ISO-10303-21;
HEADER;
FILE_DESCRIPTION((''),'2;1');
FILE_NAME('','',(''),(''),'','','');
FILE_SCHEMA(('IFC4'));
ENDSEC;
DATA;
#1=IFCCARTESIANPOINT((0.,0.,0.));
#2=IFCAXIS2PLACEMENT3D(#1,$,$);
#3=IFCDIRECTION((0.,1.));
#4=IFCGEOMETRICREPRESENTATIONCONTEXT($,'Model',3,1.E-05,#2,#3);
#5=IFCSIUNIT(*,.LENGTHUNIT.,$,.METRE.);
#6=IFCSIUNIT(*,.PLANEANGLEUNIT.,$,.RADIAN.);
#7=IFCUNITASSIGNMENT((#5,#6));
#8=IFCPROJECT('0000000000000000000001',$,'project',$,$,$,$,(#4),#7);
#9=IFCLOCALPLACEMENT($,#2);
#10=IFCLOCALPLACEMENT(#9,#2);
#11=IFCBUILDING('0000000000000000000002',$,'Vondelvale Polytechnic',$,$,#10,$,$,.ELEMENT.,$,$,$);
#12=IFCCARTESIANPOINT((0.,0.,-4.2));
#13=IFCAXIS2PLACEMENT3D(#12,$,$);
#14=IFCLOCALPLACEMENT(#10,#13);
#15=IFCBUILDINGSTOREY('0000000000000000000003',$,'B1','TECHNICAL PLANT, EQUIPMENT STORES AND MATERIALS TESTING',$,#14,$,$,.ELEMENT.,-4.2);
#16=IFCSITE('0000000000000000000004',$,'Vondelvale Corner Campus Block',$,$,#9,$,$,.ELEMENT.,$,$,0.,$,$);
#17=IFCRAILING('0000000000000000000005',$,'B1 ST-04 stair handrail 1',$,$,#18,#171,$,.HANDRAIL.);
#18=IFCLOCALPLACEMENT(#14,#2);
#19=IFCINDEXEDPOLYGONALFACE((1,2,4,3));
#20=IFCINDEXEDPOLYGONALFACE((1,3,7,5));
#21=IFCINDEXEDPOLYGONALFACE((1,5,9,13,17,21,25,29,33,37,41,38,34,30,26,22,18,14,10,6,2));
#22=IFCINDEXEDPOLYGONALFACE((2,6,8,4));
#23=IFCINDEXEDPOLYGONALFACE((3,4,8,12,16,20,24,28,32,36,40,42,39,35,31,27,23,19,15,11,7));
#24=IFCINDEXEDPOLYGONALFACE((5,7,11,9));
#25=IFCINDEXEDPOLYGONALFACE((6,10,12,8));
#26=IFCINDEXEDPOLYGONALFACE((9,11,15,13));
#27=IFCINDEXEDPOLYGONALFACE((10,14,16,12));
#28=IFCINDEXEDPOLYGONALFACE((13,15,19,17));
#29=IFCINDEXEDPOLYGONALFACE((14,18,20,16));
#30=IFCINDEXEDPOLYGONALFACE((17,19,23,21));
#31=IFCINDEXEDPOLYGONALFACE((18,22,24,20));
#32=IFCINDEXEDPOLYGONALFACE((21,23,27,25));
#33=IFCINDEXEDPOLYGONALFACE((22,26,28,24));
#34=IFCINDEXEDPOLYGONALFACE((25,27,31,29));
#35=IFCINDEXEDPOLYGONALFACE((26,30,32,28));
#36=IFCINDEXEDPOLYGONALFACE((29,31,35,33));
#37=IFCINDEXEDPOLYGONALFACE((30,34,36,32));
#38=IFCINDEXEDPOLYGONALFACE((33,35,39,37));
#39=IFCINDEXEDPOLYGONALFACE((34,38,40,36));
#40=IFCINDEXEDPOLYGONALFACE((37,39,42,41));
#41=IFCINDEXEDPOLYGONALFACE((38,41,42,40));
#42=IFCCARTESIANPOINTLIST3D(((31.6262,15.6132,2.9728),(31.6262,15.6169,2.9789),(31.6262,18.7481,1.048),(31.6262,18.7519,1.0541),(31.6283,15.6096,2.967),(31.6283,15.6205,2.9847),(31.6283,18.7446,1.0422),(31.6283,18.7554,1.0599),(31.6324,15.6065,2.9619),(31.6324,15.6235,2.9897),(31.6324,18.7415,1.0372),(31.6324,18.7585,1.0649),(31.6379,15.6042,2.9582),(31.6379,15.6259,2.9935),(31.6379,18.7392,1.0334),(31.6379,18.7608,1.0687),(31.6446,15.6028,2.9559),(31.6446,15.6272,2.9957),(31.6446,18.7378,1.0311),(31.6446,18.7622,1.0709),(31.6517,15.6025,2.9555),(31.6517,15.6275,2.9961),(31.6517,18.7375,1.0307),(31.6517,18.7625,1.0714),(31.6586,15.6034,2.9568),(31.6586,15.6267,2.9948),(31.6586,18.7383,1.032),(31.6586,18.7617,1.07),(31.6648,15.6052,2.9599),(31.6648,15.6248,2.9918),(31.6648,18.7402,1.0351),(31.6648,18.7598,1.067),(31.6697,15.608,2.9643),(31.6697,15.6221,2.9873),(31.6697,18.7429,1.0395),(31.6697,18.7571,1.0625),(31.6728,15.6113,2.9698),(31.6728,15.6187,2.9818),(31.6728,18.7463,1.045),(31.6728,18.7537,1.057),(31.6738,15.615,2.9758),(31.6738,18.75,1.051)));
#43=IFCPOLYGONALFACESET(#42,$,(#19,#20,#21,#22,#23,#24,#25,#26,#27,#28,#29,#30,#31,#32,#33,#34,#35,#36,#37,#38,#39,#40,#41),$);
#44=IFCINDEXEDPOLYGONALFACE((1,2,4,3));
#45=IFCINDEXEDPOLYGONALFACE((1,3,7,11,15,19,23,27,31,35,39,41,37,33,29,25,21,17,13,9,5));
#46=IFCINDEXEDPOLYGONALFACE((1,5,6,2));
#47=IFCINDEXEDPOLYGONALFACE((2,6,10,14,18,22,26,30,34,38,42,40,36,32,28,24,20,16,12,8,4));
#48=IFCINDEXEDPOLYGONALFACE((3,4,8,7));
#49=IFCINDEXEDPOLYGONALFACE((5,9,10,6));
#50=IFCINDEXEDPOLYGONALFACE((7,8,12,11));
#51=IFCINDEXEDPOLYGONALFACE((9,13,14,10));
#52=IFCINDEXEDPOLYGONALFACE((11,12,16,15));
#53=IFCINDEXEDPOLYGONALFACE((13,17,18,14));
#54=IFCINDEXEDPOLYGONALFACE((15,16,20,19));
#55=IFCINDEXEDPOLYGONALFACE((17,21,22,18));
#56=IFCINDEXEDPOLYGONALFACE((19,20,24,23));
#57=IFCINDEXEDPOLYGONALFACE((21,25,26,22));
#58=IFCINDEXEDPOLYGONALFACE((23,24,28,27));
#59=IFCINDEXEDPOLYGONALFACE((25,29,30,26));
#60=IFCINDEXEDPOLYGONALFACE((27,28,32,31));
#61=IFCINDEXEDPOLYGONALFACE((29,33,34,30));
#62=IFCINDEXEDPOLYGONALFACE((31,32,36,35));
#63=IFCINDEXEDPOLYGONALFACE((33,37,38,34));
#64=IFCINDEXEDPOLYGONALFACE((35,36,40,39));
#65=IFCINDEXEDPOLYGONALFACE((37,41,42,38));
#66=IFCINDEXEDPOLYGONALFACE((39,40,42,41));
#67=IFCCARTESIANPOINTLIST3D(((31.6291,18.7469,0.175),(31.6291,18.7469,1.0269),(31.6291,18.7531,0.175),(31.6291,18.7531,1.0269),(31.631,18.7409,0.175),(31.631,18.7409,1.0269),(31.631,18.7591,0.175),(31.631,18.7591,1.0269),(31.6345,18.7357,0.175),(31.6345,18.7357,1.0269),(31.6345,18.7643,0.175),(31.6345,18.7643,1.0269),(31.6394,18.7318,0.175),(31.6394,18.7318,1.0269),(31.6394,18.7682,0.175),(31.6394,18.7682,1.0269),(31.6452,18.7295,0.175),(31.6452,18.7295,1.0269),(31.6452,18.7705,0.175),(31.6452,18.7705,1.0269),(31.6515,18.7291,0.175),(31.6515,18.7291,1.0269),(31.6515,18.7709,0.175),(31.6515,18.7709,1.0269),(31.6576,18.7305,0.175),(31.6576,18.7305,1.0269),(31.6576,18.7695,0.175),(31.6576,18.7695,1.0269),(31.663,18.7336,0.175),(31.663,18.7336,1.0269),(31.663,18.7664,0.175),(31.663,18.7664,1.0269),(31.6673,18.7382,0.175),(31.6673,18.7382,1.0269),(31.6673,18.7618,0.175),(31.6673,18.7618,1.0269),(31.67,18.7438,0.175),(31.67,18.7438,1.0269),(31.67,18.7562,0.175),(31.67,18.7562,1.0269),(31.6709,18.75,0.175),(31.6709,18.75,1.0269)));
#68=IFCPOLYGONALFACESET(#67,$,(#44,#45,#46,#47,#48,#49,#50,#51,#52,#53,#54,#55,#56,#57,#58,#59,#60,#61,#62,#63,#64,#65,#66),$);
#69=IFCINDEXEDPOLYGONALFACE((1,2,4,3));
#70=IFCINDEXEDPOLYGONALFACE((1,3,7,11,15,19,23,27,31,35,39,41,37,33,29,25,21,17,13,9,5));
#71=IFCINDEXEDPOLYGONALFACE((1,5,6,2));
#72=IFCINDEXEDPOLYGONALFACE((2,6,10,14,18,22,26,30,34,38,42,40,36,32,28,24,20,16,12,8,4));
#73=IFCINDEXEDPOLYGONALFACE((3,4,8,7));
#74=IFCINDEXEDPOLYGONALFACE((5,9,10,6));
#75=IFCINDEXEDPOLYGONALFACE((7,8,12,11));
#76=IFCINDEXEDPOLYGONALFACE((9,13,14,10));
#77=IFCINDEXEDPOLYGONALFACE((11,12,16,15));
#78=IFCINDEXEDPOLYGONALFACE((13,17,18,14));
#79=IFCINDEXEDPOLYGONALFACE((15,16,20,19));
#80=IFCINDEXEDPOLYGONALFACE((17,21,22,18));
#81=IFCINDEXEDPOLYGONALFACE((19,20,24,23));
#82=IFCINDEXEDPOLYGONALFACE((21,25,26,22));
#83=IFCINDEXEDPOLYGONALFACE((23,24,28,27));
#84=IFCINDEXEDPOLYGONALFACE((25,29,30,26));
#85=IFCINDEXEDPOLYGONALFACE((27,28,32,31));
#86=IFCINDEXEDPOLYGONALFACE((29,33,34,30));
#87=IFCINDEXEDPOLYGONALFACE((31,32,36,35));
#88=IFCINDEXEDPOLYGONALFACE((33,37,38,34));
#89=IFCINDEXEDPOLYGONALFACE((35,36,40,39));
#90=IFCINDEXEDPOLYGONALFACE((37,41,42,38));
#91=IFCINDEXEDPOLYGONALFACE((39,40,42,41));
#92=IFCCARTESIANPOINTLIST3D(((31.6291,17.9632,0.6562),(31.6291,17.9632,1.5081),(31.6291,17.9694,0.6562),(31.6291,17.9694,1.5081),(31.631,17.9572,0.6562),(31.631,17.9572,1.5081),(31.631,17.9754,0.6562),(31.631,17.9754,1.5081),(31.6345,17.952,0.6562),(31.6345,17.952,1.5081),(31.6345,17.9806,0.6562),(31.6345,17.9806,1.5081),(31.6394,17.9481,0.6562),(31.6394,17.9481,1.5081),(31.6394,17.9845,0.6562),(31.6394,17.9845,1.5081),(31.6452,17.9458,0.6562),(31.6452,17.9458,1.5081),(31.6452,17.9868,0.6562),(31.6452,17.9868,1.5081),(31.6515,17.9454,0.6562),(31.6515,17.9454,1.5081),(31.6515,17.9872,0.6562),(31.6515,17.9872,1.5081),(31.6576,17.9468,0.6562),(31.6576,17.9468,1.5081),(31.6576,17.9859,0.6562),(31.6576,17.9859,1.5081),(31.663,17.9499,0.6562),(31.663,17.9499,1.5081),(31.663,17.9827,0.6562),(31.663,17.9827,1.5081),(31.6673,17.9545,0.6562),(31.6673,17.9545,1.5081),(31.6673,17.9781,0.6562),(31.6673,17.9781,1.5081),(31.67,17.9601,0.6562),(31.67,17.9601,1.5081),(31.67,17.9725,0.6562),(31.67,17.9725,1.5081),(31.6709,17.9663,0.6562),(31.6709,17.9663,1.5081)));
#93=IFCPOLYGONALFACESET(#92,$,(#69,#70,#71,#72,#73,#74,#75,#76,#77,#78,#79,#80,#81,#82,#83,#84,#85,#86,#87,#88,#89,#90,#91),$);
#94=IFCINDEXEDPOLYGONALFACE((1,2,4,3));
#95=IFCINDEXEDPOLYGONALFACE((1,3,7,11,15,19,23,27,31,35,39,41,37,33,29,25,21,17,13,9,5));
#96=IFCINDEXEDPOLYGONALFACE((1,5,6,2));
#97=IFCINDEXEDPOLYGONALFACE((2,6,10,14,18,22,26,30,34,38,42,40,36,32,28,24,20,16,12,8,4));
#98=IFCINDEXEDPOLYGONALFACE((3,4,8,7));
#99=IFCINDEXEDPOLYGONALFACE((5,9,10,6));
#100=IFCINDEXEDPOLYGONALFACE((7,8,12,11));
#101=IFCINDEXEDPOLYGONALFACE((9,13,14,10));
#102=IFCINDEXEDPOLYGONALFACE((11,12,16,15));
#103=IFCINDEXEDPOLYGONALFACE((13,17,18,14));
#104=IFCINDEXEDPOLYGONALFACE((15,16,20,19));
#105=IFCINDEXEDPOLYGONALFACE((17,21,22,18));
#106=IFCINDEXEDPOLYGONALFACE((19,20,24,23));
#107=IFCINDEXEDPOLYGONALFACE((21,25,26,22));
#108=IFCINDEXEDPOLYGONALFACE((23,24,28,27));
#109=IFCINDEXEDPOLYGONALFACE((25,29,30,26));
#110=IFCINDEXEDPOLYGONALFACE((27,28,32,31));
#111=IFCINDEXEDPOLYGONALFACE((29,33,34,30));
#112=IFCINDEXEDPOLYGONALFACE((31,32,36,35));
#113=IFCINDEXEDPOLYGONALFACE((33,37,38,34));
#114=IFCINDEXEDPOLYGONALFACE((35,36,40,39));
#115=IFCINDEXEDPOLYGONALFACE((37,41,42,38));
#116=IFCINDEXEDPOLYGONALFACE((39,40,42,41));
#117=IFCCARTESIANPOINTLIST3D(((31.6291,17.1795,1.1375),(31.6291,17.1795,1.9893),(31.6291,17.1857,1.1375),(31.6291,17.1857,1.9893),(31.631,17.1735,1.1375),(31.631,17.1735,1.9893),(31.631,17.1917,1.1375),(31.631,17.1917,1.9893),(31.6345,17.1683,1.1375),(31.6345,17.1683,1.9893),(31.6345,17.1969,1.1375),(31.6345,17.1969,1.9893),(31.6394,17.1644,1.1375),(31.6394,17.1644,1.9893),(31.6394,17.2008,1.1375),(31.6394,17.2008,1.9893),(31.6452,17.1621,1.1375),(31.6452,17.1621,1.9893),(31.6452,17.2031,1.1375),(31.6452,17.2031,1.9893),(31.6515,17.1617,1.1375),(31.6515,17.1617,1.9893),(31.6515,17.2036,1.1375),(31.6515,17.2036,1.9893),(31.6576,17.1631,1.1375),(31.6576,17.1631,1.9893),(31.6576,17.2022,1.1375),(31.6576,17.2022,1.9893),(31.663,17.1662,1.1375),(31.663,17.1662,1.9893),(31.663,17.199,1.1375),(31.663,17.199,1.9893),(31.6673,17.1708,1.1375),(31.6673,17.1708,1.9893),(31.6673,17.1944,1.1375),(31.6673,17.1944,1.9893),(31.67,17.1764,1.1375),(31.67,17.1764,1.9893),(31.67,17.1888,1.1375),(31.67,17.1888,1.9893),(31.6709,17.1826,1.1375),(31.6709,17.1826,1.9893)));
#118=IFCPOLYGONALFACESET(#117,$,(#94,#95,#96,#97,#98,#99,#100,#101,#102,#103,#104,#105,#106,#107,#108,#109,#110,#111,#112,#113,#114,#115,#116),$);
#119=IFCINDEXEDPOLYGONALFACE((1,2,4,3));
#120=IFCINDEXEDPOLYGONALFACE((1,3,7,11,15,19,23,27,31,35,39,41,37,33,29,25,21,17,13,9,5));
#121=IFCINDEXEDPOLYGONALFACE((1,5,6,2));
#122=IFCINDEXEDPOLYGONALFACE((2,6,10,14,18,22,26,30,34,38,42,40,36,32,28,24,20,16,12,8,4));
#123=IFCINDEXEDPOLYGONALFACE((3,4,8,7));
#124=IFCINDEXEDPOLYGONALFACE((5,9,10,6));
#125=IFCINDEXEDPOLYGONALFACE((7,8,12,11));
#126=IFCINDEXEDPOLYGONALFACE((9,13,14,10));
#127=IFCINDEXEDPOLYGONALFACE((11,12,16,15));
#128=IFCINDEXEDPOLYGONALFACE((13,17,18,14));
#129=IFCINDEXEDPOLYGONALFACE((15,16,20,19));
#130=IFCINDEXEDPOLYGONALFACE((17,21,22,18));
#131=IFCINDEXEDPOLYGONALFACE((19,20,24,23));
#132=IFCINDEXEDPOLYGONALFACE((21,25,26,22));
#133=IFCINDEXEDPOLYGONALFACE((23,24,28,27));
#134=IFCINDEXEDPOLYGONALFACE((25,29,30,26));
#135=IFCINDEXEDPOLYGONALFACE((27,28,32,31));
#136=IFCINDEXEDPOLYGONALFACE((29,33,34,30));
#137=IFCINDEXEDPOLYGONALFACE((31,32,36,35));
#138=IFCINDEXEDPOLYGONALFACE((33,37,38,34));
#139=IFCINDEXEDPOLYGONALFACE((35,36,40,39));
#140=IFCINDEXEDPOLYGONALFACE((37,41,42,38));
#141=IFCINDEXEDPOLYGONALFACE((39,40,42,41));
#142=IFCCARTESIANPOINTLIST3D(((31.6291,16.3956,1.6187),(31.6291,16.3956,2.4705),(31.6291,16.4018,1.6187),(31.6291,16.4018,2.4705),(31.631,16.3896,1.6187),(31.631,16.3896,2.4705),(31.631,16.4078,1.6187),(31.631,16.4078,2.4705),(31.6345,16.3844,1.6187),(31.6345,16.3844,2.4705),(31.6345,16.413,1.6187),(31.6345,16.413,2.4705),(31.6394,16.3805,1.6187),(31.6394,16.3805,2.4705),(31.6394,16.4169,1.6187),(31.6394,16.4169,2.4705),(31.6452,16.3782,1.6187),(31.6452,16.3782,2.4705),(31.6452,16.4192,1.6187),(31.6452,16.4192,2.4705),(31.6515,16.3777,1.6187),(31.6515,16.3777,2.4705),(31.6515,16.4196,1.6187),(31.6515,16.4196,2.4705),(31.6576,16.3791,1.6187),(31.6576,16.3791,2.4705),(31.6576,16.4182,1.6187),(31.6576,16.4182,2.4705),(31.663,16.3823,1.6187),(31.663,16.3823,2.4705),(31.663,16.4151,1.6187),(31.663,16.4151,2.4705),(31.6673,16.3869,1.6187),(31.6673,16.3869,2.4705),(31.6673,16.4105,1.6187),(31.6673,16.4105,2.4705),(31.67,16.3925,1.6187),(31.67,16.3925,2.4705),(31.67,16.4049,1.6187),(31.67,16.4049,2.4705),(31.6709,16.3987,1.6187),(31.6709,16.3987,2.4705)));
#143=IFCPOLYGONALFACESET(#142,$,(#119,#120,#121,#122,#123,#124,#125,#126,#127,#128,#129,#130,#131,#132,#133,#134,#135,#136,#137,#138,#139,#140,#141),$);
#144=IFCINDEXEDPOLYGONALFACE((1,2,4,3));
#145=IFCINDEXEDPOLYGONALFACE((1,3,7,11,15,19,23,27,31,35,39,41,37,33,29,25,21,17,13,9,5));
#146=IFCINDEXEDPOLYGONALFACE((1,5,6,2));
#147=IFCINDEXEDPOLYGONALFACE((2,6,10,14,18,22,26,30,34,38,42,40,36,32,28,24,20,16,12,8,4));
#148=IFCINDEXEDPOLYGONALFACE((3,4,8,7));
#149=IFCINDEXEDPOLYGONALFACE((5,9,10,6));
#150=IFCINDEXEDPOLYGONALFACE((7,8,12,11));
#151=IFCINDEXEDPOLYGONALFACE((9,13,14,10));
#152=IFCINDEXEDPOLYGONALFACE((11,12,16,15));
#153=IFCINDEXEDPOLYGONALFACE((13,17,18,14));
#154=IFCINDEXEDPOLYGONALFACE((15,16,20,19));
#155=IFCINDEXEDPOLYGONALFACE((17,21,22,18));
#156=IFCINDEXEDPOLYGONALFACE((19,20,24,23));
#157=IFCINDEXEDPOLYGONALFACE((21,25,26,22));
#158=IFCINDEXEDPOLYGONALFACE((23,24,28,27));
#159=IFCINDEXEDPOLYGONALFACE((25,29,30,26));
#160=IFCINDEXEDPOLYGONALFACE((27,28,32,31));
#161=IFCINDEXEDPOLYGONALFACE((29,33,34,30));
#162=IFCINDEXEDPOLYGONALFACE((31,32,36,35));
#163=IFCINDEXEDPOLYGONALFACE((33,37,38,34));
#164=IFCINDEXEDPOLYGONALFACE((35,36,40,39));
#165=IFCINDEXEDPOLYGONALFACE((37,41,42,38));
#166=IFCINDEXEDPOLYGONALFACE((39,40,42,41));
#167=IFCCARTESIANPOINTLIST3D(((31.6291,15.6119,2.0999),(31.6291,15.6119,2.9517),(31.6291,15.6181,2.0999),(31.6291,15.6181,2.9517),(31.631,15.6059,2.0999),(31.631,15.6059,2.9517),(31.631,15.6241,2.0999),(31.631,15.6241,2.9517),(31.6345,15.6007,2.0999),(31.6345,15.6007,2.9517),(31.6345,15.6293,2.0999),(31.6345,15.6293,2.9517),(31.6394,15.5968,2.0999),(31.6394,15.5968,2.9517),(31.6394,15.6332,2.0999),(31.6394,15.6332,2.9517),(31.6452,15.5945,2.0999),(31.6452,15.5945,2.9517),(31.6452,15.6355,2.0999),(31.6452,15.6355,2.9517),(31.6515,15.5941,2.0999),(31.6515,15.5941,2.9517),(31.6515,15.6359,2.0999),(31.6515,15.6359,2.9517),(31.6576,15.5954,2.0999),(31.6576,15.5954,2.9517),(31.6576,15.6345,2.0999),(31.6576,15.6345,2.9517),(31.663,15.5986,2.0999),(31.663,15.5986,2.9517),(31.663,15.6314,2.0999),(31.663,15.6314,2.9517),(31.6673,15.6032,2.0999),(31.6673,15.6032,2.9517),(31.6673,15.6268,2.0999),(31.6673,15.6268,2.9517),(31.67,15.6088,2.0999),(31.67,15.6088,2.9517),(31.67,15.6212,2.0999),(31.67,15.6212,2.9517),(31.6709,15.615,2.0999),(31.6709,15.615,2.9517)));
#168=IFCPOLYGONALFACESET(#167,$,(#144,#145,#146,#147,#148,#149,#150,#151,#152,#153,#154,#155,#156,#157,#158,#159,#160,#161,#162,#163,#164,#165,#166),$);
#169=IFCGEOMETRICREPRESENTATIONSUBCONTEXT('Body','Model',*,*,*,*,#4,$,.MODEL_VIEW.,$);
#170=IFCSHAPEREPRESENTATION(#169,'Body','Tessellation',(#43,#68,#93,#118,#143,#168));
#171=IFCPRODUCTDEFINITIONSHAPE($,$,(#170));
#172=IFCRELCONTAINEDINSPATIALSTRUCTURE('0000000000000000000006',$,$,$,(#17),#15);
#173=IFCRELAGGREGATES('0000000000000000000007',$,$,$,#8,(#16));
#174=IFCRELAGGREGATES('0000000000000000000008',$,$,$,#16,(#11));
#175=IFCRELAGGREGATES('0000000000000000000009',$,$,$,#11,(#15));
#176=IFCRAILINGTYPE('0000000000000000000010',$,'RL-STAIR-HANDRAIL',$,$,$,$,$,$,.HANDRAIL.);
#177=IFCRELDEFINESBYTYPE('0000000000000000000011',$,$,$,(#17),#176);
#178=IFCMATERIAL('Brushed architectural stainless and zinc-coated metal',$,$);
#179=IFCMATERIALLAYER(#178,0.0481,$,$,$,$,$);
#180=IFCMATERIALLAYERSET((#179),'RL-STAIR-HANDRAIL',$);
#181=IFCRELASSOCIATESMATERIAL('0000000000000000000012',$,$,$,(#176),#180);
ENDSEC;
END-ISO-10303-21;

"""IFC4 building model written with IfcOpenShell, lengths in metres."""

from ifc_helpers import new_model, si_unit, direction, frame, origin, origin_2d, place, context, subcontext, project, spatial, circle, extrude, material, layer, layer_set, type_object, element, save


model = new_model("IFC4")

# Units and contexts
model_context = context("Model", 3, precision=1e-05, world=origin(), true_north=direction((0.0, 1.0)))
body_context = subcontext(model_context, "Body", "Model", "MODEL_VIEW")
ifc_project = project(units=[si_unit("LENGTHUNIT", "METRE"), si_unit("PLANEANGLEUNIT", "RADIAN")], contexts=[model_context])

# Site, building, storey
site_placement = place(None, origin())
site = spatial("IfcSite", under=ifc_project, at=site_placement, Name="Vondelvale Corner Campus Block", CompositionType="ELEMENT", RefElevation=0.0)
building_placement = place(site_placement, origin())
building = spatial("IfcBuilding", under=site, at=building_placement, Name="Vondelvale Polytechnic", CompositionType="ELEMENT")
storey_placement = place(building_placement, frame((0.0, 0.0, -4.2)))
storey = spatial("IfcBuildingStorey", under=building, at=storey_placement, Name="B1", Description="TECHNICAL PLANT, EQUIPMENT STORES AND MATERIALS TESTING", CompositionType="ELEMENT", Elevation=-4.2)

# Shared definitions
ifc_material_1 = material(Name="Brushed architectural stainless and zinc-coated metal")

# Railing
ifc_layer_1 = layer(ifc_material_1, 0.0481)
ifc_layer_set_1 = layer_set([ifc_layer_1], Name="RL-STAIR-HANDRAIL")
railing_type_1 = type_object("IfcRailingType", Name="RL-STAIR-HANDRAIL", PredefinedType="HANDRAIL", material=ifc_layer_set_1)
railing_1_placement = place(storey_placement, frame((31.6499, 18.75, 0.175)))
element("IfcRailing", 1, at=railing_1_placement, inside=storey, type_object=railing_type_1, Name="B1 ST-04 stair handrail 1", PredefinedType="HANDRAIL", context=body_context, shape_type="SweptSolid", body=[
    extrude(circle(Radius=0.0239, at=origin_2d()), frame((0.0, 0.0, 0.876), z_axis=(0.0, -0.852196, 0.523223), x_axis=(1.0, 0.0, 0.0)), (0.0, 0.0, 1.0), 3.6787),
    extrude(circle(Radius=0.021, at=origin_2d()), origin(), (0.0, 0.0, 1.0), 0.8518),
    extrude(circle(Radius=0.021, at=origin_2d()), frame((0.0, -0.7837, 0.4812)), (0.0, 0.0, 1.0), 0.8518),
    extrude(circle(Radius=0.021, at=origin_2d()), frame((0.0, -1.5674, 0.9624)), (0.0, 0.0, 1.0), 0.8518),
    extrude(circle(Radius=0.021, at=origin_2d()), frame((0.0, -2.3513, 1.4436)), (0.0, 0.0, 1.0), 0.8518),
    extrude(circle(Radius=0.021, at=origin_2d()), frame((0.0, -3.135, 1.9248)), (0.0, 0.0, 1.0), 0.8518),
])

save(model, "model.ifc")
